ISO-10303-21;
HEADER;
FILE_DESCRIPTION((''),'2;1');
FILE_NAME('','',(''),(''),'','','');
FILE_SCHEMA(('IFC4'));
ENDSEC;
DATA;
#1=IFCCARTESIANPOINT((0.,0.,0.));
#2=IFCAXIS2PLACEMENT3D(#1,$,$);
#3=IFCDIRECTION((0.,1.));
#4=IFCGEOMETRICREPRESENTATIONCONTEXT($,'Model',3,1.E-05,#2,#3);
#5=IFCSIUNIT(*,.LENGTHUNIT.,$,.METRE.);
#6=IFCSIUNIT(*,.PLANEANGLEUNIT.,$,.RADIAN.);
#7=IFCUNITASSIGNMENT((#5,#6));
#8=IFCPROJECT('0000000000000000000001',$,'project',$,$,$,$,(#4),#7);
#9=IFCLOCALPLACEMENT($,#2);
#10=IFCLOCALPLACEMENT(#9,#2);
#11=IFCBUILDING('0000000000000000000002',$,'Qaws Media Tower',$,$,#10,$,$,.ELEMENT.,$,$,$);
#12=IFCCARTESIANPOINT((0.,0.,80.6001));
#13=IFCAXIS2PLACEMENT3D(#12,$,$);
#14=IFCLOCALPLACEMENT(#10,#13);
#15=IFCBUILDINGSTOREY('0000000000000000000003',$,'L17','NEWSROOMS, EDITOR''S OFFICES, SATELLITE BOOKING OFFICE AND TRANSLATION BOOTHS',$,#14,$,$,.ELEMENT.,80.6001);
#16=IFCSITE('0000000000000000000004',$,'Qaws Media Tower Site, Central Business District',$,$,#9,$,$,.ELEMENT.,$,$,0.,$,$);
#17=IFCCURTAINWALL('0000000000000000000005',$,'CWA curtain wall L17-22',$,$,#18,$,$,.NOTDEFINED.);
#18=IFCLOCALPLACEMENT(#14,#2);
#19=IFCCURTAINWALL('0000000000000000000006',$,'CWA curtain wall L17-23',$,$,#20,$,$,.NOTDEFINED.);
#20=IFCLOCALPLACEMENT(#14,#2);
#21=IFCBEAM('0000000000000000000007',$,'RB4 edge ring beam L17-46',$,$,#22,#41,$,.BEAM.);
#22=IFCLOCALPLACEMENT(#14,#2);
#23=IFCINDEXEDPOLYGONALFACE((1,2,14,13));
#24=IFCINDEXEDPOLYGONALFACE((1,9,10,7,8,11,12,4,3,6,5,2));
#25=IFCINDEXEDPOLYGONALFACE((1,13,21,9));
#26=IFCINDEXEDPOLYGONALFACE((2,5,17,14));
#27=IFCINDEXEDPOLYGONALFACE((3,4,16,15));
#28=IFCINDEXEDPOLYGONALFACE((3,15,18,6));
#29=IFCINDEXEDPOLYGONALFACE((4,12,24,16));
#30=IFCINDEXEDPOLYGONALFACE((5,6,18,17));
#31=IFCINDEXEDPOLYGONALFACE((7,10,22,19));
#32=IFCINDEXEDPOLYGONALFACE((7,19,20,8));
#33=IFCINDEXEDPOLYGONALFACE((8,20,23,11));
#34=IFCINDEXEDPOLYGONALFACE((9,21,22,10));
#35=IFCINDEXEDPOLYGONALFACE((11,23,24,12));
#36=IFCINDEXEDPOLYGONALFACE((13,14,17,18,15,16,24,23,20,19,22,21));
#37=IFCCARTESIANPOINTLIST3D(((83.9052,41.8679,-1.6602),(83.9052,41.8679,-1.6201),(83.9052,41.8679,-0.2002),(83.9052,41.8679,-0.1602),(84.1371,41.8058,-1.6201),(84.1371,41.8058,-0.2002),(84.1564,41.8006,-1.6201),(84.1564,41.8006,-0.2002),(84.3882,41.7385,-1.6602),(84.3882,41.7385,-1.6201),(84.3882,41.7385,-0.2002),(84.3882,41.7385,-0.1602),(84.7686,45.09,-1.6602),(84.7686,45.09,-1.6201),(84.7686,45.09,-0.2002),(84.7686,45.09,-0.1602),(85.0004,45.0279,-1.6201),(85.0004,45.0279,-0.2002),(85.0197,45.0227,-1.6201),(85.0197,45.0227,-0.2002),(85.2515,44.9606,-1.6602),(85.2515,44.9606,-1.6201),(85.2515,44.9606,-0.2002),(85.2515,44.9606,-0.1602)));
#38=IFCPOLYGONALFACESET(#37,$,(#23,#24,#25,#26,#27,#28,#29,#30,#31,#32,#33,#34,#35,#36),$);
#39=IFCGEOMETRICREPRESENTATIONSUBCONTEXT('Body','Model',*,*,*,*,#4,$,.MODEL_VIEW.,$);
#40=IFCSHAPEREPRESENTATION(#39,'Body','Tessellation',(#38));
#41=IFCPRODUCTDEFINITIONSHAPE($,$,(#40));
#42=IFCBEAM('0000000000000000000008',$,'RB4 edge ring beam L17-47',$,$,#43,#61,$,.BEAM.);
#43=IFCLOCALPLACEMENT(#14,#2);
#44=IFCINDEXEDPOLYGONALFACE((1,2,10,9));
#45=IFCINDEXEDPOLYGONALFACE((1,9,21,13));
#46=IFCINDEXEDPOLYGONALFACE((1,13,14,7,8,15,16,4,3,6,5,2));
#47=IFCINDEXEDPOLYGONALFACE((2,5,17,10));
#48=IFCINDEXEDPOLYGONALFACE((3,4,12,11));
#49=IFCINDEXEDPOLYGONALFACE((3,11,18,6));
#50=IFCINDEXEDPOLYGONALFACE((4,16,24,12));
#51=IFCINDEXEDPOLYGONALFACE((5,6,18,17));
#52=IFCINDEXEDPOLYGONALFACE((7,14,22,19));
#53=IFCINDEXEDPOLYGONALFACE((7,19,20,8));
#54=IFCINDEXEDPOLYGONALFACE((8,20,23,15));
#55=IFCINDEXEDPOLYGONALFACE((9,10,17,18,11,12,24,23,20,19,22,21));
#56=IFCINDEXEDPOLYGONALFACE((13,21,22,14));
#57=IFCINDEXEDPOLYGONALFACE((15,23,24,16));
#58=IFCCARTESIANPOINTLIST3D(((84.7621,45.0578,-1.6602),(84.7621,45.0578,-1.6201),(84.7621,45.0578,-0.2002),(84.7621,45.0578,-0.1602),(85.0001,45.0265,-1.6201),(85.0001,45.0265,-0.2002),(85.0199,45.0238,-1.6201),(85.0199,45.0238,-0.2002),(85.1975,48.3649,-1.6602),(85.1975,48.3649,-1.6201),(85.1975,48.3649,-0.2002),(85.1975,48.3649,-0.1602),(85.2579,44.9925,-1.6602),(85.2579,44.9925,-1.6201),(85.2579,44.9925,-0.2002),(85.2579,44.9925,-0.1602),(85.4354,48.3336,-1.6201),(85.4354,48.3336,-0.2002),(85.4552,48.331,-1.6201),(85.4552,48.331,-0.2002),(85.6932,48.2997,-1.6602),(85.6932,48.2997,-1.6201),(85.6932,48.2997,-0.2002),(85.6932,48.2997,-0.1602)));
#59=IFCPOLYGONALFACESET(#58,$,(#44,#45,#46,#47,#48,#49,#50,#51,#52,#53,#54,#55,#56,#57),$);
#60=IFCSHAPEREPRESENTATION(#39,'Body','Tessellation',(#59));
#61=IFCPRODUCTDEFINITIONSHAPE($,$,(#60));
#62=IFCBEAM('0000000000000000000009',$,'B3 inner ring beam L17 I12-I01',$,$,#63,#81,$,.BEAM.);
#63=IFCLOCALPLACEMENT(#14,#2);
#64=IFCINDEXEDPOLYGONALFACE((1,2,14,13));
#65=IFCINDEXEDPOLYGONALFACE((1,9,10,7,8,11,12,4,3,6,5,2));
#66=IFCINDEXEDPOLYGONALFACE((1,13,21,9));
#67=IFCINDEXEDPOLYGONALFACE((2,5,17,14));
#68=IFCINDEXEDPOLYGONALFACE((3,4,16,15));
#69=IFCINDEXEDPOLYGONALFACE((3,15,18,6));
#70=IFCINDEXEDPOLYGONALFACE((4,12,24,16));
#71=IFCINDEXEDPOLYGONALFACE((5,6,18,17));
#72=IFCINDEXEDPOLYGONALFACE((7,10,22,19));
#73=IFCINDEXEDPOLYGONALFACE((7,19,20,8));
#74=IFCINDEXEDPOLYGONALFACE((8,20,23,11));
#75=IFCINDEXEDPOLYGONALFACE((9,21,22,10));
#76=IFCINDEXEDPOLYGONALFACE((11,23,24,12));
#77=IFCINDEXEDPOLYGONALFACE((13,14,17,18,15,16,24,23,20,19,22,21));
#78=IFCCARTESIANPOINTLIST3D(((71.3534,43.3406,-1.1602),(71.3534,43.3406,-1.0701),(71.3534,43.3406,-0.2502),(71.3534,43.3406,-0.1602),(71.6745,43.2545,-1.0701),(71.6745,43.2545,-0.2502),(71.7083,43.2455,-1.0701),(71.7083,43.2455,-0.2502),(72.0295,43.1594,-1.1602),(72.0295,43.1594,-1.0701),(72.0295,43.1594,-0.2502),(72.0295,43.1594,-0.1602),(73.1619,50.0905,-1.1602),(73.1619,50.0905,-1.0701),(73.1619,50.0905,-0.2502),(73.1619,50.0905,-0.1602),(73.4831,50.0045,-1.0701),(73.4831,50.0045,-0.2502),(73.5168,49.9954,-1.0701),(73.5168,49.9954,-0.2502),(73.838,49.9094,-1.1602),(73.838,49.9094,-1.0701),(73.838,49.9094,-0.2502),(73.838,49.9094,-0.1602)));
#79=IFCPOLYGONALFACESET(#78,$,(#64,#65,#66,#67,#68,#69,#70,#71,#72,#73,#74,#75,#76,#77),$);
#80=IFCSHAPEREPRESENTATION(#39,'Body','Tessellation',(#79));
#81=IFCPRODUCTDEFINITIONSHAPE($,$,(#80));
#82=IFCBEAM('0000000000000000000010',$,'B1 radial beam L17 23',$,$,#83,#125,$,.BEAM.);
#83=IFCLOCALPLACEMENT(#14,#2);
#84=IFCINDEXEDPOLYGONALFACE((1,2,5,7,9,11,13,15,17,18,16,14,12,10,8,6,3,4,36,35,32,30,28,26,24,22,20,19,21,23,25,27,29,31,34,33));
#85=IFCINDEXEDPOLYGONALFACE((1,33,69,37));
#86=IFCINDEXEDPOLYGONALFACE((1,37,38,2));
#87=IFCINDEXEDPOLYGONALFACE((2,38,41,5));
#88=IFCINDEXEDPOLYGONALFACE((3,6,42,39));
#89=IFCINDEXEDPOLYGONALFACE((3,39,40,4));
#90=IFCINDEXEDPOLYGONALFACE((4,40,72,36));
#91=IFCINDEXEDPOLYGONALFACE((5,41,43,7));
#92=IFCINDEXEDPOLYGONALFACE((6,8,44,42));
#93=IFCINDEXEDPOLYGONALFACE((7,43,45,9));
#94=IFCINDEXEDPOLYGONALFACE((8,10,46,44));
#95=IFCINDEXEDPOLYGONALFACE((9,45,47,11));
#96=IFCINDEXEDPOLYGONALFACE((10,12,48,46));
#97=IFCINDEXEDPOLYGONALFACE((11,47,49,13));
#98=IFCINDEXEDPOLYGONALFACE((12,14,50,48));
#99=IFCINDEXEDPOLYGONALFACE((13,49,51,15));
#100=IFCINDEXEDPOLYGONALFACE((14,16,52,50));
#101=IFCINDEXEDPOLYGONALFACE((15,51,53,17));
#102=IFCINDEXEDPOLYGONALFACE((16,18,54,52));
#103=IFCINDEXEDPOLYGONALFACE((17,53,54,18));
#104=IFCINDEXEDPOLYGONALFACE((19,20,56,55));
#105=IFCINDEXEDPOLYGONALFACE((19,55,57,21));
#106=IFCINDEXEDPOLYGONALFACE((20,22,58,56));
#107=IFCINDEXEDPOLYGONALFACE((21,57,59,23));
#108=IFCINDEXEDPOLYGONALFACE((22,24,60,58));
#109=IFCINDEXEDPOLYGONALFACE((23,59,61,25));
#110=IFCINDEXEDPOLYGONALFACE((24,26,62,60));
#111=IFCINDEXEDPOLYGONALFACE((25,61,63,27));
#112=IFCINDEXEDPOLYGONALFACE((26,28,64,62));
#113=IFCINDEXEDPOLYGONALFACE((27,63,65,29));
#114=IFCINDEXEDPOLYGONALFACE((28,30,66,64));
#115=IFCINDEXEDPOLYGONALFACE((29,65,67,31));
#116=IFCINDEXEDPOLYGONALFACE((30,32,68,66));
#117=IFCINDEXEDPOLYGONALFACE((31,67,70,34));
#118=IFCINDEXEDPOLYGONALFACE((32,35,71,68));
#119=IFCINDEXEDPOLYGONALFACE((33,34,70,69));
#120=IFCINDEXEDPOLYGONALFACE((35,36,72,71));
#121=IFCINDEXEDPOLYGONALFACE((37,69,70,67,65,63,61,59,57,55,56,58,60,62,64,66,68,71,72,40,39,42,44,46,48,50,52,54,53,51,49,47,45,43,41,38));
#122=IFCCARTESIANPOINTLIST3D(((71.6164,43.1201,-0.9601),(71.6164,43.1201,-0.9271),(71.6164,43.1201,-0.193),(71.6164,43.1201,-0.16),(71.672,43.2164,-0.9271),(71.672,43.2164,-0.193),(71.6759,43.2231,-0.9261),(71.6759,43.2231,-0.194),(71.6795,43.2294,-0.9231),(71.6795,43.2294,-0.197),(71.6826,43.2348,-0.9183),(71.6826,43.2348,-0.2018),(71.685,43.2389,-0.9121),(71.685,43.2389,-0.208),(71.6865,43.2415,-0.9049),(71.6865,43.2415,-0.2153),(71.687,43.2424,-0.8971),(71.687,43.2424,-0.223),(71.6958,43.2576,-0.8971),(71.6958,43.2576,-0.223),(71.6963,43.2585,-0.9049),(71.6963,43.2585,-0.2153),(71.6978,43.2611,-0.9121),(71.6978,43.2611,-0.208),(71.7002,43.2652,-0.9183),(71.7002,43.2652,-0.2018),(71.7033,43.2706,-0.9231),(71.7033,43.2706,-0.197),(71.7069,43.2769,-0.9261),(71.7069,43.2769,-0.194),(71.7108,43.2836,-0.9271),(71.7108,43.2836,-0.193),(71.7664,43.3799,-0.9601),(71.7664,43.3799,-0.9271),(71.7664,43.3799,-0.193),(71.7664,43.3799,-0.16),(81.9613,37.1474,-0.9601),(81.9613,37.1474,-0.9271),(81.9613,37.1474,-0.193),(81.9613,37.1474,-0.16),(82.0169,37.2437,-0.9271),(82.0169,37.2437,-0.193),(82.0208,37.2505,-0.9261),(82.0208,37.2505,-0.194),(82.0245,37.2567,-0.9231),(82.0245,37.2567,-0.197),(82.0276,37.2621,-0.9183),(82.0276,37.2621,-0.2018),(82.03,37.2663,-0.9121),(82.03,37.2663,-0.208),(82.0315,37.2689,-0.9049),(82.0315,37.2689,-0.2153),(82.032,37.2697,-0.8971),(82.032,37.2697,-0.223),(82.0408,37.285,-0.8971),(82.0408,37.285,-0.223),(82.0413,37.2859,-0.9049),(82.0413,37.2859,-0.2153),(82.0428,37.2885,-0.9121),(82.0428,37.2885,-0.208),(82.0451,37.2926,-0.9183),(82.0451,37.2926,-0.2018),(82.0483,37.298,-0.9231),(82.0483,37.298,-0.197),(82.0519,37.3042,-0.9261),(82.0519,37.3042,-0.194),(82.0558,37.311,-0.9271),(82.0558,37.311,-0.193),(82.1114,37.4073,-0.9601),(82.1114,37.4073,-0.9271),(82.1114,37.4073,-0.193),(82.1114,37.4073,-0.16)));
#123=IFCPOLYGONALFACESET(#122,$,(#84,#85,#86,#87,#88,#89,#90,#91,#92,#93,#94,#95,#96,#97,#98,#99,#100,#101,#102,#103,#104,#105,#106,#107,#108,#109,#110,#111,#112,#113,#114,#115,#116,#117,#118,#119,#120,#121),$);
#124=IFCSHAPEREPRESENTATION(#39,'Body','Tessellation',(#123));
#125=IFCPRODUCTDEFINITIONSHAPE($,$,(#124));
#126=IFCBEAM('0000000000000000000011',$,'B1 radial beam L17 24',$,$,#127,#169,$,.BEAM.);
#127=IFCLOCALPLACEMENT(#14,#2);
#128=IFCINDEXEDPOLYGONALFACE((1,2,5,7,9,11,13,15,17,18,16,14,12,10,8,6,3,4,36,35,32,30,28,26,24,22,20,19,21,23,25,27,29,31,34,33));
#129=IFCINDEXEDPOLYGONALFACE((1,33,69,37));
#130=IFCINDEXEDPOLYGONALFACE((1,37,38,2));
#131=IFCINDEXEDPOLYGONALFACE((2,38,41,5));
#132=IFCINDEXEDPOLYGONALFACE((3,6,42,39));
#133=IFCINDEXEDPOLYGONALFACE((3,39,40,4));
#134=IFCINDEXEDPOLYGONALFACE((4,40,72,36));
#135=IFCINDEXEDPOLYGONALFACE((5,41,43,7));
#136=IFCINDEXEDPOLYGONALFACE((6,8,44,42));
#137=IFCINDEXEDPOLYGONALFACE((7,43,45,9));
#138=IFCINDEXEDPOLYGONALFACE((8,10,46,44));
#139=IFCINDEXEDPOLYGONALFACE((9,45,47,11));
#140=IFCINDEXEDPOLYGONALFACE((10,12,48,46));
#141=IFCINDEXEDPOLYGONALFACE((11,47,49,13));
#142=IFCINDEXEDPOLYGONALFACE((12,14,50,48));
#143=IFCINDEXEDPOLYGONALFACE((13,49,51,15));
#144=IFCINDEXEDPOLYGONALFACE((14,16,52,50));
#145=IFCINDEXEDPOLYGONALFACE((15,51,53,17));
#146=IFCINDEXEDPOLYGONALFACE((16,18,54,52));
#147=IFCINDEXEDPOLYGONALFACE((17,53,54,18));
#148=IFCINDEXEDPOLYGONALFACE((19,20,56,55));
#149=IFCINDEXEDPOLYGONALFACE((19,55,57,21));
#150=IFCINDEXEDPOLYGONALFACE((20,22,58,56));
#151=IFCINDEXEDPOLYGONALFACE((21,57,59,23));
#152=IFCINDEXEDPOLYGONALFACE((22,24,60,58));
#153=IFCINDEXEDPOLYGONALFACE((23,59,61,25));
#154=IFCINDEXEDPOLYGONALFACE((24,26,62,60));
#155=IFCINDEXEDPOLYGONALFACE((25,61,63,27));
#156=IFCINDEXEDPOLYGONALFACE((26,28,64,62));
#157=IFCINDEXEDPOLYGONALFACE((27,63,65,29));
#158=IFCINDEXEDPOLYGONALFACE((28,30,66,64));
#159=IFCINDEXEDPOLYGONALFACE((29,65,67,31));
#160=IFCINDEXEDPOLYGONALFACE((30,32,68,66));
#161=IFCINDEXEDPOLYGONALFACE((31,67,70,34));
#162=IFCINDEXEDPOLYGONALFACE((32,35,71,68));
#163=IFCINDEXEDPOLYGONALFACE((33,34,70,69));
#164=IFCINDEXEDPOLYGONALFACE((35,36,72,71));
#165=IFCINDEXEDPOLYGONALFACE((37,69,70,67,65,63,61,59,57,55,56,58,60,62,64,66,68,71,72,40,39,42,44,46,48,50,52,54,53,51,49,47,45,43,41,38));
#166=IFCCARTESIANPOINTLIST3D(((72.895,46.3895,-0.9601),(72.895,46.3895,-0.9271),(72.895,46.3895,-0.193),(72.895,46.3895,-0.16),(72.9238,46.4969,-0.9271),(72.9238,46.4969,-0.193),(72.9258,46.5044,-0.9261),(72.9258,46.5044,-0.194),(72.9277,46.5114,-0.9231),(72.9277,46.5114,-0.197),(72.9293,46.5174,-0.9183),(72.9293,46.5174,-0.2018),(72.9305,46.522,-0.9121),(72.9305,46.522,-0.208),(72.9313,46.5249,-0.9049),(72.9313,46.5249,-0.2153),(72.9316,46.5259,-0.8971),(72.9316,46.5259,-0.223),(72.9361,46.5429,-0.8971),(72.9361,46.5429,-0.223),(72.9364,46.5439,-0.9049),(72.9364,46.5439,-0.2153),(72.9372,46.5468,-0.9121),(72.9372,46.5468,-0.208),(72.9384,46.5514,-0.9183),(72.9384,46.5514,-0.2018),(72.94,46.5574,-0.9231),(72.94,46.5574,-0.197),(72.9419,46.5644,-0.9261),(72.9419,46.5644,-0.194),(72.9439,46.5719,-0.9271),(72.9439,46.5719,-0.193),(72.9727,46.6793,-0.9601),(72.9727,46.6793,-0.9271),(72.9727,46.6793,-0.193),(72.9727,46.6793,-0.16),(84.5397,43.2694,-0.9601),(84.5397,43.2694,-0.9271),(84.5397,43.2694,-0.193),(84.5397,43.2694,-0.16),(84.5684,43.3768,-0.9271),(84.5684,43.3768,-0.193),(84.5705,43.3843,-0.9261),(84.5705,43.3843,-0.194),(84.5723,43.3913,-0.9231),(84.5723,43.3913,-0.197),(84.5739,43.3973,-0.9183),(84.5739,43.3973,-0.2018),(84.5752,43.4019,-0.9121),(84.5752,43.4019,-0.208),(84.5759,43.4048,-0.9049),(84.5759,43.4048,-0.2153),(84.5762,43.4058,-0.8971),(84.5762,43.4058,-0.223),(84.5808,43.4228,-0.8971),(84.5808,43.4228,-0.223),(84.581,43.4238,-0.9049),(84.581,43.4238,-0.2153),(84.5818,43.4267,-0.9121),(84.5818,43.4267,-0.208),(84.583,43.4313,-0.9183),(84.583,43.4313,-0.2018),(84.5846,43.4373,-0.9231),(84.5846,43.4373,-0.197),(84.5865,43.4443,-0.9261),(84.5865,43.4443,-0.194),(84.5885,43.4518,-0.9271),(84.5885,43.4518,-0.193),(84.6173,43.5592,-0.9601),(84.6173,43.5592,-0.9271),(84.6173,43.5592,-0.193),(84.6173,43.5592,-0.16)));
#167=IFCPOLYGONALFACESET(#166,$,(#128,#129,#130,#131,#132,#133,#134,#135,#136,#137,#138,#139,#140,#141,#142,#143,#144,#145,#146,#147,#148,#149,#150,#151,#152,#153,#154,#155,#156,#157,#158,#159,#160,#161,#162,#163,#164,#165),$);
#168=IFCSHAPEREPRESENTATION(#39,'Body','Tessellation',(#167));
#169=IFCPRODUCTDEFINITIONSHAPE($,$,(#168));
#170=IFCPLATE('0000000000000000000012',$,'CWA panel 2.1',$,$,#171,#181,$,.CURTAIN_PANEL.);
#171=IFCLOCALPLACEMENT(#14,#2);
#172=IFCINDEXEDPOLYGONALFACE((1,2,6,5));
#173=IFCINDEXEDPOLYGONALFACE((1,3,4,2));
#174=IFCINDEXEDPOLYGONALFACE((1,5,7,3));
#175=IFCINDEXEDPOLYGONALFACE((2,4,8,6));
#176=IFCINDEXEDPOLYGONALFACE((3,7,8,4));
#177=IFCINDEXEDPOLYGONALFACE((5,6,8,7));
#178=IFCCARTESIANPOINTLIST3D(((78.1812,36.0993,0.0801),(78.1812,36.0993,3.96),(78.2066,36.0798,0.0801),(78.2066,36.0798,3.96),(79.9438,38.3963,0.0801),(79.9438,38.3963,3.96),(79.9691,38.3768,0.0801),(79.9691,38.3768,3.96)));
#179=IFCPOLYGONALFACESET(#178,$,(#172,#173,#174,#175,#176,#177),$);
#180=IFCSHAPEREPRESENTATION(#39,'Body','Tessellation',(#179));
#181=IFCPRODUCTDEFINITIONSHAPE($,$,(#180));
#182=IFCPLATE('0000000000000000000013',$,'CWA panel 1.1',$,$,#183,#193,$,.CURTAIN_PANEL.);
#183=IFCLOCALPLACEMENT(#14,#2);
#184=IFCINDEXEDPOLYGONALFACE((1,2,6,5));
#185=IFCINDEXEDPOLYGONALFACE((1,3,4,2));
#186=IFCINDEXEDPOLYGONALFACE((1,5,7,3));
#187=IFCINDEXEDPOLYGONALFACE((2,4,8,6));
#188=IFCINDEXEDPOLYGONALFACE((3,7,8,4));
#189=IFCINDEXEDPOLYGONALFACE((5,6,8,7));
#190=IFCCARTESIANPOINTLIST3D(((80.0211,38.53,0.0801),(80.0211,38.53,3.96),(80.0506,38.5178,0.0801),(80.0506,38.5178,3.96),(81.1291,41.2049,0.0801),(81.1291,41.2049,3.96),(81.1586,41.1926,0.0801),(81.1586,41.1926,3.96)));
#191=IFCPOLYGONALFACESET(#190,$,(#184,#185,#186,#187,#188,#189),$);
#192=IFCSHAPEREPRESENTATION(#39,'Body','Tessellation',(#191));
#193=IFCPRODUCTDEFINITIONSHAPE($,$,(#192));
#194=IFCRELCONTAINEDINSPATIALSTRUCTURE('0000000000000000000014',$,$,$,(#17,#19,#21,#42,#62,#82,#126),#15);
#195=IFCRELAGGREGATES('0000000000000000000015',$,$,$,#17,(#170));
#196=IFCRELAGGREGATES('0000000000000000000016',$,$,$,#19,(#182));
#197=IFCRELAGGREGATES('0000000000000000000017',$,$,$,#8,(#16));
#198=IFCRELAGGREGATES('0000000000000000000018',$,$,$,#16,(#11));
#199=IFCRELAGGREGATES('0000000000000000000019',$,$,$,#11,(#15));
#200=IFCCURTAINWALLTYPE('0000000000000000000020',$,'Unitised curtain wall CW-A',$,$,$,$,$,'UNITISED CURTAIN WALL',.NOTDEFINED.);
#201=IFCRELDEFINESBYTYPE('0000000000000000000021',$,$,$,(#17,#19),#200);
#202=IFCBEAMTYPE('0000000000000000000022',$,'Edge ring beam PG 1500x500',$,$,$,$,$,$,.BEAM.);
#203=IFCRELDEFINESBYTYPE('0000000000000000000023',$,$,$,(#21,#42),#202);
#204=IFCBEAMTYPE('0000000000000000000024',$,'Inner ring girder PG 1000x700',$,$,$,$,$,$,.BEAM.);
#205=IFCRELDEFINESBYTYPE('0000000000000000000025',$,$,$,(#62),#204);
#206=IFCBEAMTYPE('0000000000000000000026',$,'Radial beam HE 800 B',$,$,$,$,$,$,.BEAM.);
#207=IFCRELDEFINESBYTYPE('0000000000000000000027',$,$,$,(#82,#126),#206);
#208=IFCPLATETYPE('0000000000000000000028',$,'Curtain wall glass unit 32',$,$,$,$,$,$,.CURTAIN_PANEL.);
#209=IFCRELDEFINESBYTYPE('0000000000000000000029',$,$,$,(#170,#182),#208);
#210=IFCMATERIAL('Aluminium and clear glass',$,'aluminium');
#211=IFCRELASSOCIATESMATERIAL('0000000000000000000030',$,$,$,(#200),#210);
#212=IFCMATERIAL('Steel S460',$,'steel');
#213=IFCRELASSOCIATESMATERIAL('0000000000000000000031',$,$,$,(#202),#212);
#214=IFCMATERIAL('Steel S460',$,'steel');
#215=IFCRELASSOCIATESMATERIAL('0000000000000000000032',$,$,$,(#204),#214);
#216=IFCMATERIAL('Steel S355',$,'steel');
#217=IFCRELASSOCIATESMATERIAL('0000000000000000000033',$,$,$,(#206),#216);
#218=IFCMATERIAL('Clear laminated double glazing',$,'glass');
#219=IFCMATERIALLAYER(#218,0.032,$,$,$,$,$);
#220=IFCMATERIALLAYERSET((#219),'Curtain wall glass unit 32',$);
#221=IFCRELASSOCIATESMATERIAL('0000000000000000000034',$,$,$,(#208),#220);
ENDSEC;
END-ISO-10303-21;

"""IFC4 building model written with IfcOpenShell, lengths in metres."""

from ifc_helpers import new_model, si_unit, direction, frame, origin, origin_2d, place, context, subcontext, project, spatial, rectangle, i_section, extrude, material, layer, layer_set, material_profile, profile_set, type_object, element, aggregate, save


model = new_model("IFC4")

# Units and contexts
model_context = context("Model", 3, precision=1e-05, world=origin(), true_north=direction((0.0, 1.0)))
body_context = subcontext(model_context, "Body", "Model", "MODEL_VIEW")
ifc_project = project(units=[si_unit("LENGTHUNIT", "METRE"), si_unit("PLANEANGLEUNIT", "RADIAN")], contexts=[model_context])

# Site, building, storey
site_placement = place(None, origin())
site = spatial("IfcSite", under=ifc_project, at=site_placement, Name="Qaws Media Tower Site, Central Business District", CompositionType="ELEMENT", RefElevation=0.0)
building_placement = place(site_placement, origin())
building = spatial("IfcBuilding", under=site, at=building_placement, Name="Qaws Media Tower", CompositionType="ELEMENT")
storey_placement = place(building_placement, frame((0.0, 0.0, 80.6001)))
storey = spatial("IfcBuildingStorey", under=building, at=storey_placement, Name="L17", Description="NEWSROOMS, EDITOR'S OFFICES, SATELLITE BOOKING OFFICE AND TRANSLATION BOOTHS", CompositionType="ELEMENT", Elevation=80.6001)

# Curtain wall
ifc_material_1 = material(Name="Aluminium and clear glass", Category="aluminium")
curtain_wall_type = type_object("IfcCurtainWallType", Name="Unitised curtain wall CW-A", ElementType="UNITISED CURTAIN WALL", PredefinedType="NOTDEFINED", material=ifc_material_1)
curtain_wall_1_placement = place(storey_placement, origin())
curtain_wall_1 = element("IfcCurtainWall", 1, at=curtain_wall_1_placement, inside=storey, type_object=curtain_wall_type, Name="CWA curtain wall L17-22", PredefinedType="NOTDEFINED")

# Curtain wall
curtain_wall_2_placement = place(storey_placement, origin())
curtain_wall_2 = element("IfcCurtainWall", 2, at=curtain_wall_2_placement, inside=storey, type_object=curtain_wall_type, Name="CWA curtain wall L17-23", PredefinedType="NOTDEFINED")

# Beams
ifc_material_2 = material(Name="Steel S460", Category="steel")
ifc_material_profile_1 = material_profile(ifc_material_2, i_section(OverallWidth=0.5, OverallDepth=1.5, WebThickness=0.02, FlangeThickness=0.04, at=origin_2d()), Name="PG 1500x500")
ifc_profile_set_1 = profile_set([ifc_material_profile_1], Name="Steel S460")
beam_type_1 = type_object("IfcBeamType", Name="Edge ring beam PG 1500x500", PredefinedType="BEAM", material=ifc_profile_set_1)
for number, where, z_axis, x_axis, name in (
    (3, (84.1467, 41.8032, -0.9102), (0.25881, 0.965928, 0.0), (-0.965928, 0.25881, 0.0), "RB4 edge ring beam L17-46"),
    (4, (85.01, 45.0251, -0.9102), (0.1305, 0.991448, 0.0), (-0.991448, 0.1305, 0.0), "RB4 edge ring beam L17-47"),
):
    element("IfcBeam", number, at=place(storey_placement, frame(where, z_axis=z_axis, x_axis=x_axis)), inside=storey, type_object=beam_type_1, Name=name, PredefinedType="BEAM", context=body_context, shape_type="SweptSolid", body=[
        extrude(i_section(OverallWidth=0.5, OverallDepth=1.5, WebThickness=0.02, FlangeThickness=0.04, at=origin_2d()), origin(), (0.0, 0.0, 1.0), 3.3357),
    ])
ifc_material_3 = material(Name="Steel S460", Category="steel")
ifc_material_profile_2 = material_profile(ifc_material_3, i_section(OverallWidth=0.7, OverallDepth=1.0, WebThickness=0.0349, FlangeThickness=0.0901, at=origin_2d()), Name="PG 1000x700")
ifc_profile_set_2 = profile_set([ifc_material_profile_2], Name="Steel S460")
beam_type_2 = type_object("IfcBeamType", Name="Inner ring girder PG 1000x700", PredefinedType="BEAM", material=ifc_profile_set_2)
beam_1_placement = place(storey_placement, frame((71.6914, 43.25, -0.6602), z_axis=(0.258811, 0.965928, 0.0), x_axis=(-0.965928, 0.258811, 0.0)))
element("IfcBeam", 5, at=beam_1_placement, inside=storey, type_object=beam_type_2, Name="B3 inner ring beam L17 I12-I01", PredefinedType="BEAM", context=body_context, shape_type="SweptSolid", body=[
    extrude(i_section(OverallWidth=0.7, OverallDepth=1.0, WebThickness=0.0349, FlangeThickness=0.0901, at=origin_2d()), origin(), (0.0, 0.0, 1.0), 6.988),
])
ifc_material_4 = material(Name="Steel S355", Category="steel")
ifc_material_profile_3 = material_profile(ifc_material_4, i_section(OverallWidth=0.3, OverallDepth=0.8, WebThickness=0.0176, FlangeThickness=0.033, FilletRadius=0.03, at=origin_2d()), Name="HE 800 B")
ifc_profile_set_3 = profile_set([ifc_material_profile_3], Name="Steel S355")
beam_type_3 = type_object("IfcBeamType", Name="Radial beam HE 800 B", PredefinedType="BEAM", material=ifc_profile_set_3)
beam_2_placement = place(storey_placement, frame((71.6914, 43.25, -0.5601), z_axis=(0.866026, -0.499999, 0.0), x_axis=(0.499999, 0.866026, 0.0)))
element("IfcBeam", 6, at=beam_2_placement, inside=storey, type_object=beam_type_3, Name="B1 radial beam L17 23", PredefinedType="BEAM", context=body_context, shape_type="SweptSolid", body=[
    extrude(i_section(OverallWidth=0.3, OverallDepth=0.8, WebThickness=0.0176, FlangeThickness=0.033, FilletRadius=0.03, at=origin_2d()), origin(), (0.0, 0.0, 1.0), 11.9453),
])
beam_3_placement = place(storey_placement, frame((72.9338, 46.5344, -0.5601), z_axis=(0.965926, -0.258817, 0.0), x_axis=(0.258817, 0.965926, 0.0)))
element("IfcBeam", 7, at=beam_3_placement, inside=storey, type_object=beam_type_3, Name="B1 radial beam L17 24", PredefinedType="BEAM", context=body_context, shape_type="SweptSolid", body=[
    extrude(i_section(OverallWidth=0.3, OverallDepth=0.8, WebThickness=0.0176, FlangeThickness=0.033, FilletRadius=0.03, at=origin_2d()), origin(), (0.0, 0.0, 1.0), 12.0554),
])

# Plates
ifc_material_5 = material(Name="Clear laminated double glazing", Category="glass")
ifc_layer_1 = layer(ifc_material_5, 0.032)
ifc_layer_set_1 = layer_set([ifc_layer_1], Name="Curtain wall glass unit 32")
plate_type_1 = type_object("IfcPlateType", Name="Curtain wall glass unit 32", PredefinedType="CURTAIN_PANEL", material=ifc_layer_set_1)
plate_1_placement = place(storey_placement, frame((79.0752, 37.238, 0.0801), z_axis=(0.0, 0.0, 1.0), x_axis=(0.608761, 0.793353, 0.0)))
plate_1 = element("IfcPlate", 8, at=plate_1_placement, type_object=plate_type_1, Name="CWA panel 2.1", PredefinedType="CURTAIN_PANEL", context=body_context, shape_type="SweptSolid", body=[
    extrude(rectangle(XDim=2.8953, YDim=0.032, at=origin_2d()), origin(), (0.0, 0.0, 1.0), 3.8799),
])
aggregate(curtain_wall_1, [plate_1])
plate_2_placement = place(storey_placement, frame((80.5898, 39.8613, 0.0801), z_axis=(0.0, 0.0, 1.0), x_axis=(0.382683, 0.92388, 0.0)))
plate_2 = element("IfcPlate", 9, at=plate_2_placement, type_object=plate_type_1, Name="CWA panel 1.1", PredefinedType="CURTAIN_PANEL", context=body_context, shape_type="SweptSolid", body=[
    extrude(rectangle(XDim=2.8953, YDim=0.032, at=origin_2d()), origin(), (0.0, 0.0, 1.0), 3.8799),
])
aggregate(curtain_wall_2, [plate_2])

save(model, "model.ifc")
